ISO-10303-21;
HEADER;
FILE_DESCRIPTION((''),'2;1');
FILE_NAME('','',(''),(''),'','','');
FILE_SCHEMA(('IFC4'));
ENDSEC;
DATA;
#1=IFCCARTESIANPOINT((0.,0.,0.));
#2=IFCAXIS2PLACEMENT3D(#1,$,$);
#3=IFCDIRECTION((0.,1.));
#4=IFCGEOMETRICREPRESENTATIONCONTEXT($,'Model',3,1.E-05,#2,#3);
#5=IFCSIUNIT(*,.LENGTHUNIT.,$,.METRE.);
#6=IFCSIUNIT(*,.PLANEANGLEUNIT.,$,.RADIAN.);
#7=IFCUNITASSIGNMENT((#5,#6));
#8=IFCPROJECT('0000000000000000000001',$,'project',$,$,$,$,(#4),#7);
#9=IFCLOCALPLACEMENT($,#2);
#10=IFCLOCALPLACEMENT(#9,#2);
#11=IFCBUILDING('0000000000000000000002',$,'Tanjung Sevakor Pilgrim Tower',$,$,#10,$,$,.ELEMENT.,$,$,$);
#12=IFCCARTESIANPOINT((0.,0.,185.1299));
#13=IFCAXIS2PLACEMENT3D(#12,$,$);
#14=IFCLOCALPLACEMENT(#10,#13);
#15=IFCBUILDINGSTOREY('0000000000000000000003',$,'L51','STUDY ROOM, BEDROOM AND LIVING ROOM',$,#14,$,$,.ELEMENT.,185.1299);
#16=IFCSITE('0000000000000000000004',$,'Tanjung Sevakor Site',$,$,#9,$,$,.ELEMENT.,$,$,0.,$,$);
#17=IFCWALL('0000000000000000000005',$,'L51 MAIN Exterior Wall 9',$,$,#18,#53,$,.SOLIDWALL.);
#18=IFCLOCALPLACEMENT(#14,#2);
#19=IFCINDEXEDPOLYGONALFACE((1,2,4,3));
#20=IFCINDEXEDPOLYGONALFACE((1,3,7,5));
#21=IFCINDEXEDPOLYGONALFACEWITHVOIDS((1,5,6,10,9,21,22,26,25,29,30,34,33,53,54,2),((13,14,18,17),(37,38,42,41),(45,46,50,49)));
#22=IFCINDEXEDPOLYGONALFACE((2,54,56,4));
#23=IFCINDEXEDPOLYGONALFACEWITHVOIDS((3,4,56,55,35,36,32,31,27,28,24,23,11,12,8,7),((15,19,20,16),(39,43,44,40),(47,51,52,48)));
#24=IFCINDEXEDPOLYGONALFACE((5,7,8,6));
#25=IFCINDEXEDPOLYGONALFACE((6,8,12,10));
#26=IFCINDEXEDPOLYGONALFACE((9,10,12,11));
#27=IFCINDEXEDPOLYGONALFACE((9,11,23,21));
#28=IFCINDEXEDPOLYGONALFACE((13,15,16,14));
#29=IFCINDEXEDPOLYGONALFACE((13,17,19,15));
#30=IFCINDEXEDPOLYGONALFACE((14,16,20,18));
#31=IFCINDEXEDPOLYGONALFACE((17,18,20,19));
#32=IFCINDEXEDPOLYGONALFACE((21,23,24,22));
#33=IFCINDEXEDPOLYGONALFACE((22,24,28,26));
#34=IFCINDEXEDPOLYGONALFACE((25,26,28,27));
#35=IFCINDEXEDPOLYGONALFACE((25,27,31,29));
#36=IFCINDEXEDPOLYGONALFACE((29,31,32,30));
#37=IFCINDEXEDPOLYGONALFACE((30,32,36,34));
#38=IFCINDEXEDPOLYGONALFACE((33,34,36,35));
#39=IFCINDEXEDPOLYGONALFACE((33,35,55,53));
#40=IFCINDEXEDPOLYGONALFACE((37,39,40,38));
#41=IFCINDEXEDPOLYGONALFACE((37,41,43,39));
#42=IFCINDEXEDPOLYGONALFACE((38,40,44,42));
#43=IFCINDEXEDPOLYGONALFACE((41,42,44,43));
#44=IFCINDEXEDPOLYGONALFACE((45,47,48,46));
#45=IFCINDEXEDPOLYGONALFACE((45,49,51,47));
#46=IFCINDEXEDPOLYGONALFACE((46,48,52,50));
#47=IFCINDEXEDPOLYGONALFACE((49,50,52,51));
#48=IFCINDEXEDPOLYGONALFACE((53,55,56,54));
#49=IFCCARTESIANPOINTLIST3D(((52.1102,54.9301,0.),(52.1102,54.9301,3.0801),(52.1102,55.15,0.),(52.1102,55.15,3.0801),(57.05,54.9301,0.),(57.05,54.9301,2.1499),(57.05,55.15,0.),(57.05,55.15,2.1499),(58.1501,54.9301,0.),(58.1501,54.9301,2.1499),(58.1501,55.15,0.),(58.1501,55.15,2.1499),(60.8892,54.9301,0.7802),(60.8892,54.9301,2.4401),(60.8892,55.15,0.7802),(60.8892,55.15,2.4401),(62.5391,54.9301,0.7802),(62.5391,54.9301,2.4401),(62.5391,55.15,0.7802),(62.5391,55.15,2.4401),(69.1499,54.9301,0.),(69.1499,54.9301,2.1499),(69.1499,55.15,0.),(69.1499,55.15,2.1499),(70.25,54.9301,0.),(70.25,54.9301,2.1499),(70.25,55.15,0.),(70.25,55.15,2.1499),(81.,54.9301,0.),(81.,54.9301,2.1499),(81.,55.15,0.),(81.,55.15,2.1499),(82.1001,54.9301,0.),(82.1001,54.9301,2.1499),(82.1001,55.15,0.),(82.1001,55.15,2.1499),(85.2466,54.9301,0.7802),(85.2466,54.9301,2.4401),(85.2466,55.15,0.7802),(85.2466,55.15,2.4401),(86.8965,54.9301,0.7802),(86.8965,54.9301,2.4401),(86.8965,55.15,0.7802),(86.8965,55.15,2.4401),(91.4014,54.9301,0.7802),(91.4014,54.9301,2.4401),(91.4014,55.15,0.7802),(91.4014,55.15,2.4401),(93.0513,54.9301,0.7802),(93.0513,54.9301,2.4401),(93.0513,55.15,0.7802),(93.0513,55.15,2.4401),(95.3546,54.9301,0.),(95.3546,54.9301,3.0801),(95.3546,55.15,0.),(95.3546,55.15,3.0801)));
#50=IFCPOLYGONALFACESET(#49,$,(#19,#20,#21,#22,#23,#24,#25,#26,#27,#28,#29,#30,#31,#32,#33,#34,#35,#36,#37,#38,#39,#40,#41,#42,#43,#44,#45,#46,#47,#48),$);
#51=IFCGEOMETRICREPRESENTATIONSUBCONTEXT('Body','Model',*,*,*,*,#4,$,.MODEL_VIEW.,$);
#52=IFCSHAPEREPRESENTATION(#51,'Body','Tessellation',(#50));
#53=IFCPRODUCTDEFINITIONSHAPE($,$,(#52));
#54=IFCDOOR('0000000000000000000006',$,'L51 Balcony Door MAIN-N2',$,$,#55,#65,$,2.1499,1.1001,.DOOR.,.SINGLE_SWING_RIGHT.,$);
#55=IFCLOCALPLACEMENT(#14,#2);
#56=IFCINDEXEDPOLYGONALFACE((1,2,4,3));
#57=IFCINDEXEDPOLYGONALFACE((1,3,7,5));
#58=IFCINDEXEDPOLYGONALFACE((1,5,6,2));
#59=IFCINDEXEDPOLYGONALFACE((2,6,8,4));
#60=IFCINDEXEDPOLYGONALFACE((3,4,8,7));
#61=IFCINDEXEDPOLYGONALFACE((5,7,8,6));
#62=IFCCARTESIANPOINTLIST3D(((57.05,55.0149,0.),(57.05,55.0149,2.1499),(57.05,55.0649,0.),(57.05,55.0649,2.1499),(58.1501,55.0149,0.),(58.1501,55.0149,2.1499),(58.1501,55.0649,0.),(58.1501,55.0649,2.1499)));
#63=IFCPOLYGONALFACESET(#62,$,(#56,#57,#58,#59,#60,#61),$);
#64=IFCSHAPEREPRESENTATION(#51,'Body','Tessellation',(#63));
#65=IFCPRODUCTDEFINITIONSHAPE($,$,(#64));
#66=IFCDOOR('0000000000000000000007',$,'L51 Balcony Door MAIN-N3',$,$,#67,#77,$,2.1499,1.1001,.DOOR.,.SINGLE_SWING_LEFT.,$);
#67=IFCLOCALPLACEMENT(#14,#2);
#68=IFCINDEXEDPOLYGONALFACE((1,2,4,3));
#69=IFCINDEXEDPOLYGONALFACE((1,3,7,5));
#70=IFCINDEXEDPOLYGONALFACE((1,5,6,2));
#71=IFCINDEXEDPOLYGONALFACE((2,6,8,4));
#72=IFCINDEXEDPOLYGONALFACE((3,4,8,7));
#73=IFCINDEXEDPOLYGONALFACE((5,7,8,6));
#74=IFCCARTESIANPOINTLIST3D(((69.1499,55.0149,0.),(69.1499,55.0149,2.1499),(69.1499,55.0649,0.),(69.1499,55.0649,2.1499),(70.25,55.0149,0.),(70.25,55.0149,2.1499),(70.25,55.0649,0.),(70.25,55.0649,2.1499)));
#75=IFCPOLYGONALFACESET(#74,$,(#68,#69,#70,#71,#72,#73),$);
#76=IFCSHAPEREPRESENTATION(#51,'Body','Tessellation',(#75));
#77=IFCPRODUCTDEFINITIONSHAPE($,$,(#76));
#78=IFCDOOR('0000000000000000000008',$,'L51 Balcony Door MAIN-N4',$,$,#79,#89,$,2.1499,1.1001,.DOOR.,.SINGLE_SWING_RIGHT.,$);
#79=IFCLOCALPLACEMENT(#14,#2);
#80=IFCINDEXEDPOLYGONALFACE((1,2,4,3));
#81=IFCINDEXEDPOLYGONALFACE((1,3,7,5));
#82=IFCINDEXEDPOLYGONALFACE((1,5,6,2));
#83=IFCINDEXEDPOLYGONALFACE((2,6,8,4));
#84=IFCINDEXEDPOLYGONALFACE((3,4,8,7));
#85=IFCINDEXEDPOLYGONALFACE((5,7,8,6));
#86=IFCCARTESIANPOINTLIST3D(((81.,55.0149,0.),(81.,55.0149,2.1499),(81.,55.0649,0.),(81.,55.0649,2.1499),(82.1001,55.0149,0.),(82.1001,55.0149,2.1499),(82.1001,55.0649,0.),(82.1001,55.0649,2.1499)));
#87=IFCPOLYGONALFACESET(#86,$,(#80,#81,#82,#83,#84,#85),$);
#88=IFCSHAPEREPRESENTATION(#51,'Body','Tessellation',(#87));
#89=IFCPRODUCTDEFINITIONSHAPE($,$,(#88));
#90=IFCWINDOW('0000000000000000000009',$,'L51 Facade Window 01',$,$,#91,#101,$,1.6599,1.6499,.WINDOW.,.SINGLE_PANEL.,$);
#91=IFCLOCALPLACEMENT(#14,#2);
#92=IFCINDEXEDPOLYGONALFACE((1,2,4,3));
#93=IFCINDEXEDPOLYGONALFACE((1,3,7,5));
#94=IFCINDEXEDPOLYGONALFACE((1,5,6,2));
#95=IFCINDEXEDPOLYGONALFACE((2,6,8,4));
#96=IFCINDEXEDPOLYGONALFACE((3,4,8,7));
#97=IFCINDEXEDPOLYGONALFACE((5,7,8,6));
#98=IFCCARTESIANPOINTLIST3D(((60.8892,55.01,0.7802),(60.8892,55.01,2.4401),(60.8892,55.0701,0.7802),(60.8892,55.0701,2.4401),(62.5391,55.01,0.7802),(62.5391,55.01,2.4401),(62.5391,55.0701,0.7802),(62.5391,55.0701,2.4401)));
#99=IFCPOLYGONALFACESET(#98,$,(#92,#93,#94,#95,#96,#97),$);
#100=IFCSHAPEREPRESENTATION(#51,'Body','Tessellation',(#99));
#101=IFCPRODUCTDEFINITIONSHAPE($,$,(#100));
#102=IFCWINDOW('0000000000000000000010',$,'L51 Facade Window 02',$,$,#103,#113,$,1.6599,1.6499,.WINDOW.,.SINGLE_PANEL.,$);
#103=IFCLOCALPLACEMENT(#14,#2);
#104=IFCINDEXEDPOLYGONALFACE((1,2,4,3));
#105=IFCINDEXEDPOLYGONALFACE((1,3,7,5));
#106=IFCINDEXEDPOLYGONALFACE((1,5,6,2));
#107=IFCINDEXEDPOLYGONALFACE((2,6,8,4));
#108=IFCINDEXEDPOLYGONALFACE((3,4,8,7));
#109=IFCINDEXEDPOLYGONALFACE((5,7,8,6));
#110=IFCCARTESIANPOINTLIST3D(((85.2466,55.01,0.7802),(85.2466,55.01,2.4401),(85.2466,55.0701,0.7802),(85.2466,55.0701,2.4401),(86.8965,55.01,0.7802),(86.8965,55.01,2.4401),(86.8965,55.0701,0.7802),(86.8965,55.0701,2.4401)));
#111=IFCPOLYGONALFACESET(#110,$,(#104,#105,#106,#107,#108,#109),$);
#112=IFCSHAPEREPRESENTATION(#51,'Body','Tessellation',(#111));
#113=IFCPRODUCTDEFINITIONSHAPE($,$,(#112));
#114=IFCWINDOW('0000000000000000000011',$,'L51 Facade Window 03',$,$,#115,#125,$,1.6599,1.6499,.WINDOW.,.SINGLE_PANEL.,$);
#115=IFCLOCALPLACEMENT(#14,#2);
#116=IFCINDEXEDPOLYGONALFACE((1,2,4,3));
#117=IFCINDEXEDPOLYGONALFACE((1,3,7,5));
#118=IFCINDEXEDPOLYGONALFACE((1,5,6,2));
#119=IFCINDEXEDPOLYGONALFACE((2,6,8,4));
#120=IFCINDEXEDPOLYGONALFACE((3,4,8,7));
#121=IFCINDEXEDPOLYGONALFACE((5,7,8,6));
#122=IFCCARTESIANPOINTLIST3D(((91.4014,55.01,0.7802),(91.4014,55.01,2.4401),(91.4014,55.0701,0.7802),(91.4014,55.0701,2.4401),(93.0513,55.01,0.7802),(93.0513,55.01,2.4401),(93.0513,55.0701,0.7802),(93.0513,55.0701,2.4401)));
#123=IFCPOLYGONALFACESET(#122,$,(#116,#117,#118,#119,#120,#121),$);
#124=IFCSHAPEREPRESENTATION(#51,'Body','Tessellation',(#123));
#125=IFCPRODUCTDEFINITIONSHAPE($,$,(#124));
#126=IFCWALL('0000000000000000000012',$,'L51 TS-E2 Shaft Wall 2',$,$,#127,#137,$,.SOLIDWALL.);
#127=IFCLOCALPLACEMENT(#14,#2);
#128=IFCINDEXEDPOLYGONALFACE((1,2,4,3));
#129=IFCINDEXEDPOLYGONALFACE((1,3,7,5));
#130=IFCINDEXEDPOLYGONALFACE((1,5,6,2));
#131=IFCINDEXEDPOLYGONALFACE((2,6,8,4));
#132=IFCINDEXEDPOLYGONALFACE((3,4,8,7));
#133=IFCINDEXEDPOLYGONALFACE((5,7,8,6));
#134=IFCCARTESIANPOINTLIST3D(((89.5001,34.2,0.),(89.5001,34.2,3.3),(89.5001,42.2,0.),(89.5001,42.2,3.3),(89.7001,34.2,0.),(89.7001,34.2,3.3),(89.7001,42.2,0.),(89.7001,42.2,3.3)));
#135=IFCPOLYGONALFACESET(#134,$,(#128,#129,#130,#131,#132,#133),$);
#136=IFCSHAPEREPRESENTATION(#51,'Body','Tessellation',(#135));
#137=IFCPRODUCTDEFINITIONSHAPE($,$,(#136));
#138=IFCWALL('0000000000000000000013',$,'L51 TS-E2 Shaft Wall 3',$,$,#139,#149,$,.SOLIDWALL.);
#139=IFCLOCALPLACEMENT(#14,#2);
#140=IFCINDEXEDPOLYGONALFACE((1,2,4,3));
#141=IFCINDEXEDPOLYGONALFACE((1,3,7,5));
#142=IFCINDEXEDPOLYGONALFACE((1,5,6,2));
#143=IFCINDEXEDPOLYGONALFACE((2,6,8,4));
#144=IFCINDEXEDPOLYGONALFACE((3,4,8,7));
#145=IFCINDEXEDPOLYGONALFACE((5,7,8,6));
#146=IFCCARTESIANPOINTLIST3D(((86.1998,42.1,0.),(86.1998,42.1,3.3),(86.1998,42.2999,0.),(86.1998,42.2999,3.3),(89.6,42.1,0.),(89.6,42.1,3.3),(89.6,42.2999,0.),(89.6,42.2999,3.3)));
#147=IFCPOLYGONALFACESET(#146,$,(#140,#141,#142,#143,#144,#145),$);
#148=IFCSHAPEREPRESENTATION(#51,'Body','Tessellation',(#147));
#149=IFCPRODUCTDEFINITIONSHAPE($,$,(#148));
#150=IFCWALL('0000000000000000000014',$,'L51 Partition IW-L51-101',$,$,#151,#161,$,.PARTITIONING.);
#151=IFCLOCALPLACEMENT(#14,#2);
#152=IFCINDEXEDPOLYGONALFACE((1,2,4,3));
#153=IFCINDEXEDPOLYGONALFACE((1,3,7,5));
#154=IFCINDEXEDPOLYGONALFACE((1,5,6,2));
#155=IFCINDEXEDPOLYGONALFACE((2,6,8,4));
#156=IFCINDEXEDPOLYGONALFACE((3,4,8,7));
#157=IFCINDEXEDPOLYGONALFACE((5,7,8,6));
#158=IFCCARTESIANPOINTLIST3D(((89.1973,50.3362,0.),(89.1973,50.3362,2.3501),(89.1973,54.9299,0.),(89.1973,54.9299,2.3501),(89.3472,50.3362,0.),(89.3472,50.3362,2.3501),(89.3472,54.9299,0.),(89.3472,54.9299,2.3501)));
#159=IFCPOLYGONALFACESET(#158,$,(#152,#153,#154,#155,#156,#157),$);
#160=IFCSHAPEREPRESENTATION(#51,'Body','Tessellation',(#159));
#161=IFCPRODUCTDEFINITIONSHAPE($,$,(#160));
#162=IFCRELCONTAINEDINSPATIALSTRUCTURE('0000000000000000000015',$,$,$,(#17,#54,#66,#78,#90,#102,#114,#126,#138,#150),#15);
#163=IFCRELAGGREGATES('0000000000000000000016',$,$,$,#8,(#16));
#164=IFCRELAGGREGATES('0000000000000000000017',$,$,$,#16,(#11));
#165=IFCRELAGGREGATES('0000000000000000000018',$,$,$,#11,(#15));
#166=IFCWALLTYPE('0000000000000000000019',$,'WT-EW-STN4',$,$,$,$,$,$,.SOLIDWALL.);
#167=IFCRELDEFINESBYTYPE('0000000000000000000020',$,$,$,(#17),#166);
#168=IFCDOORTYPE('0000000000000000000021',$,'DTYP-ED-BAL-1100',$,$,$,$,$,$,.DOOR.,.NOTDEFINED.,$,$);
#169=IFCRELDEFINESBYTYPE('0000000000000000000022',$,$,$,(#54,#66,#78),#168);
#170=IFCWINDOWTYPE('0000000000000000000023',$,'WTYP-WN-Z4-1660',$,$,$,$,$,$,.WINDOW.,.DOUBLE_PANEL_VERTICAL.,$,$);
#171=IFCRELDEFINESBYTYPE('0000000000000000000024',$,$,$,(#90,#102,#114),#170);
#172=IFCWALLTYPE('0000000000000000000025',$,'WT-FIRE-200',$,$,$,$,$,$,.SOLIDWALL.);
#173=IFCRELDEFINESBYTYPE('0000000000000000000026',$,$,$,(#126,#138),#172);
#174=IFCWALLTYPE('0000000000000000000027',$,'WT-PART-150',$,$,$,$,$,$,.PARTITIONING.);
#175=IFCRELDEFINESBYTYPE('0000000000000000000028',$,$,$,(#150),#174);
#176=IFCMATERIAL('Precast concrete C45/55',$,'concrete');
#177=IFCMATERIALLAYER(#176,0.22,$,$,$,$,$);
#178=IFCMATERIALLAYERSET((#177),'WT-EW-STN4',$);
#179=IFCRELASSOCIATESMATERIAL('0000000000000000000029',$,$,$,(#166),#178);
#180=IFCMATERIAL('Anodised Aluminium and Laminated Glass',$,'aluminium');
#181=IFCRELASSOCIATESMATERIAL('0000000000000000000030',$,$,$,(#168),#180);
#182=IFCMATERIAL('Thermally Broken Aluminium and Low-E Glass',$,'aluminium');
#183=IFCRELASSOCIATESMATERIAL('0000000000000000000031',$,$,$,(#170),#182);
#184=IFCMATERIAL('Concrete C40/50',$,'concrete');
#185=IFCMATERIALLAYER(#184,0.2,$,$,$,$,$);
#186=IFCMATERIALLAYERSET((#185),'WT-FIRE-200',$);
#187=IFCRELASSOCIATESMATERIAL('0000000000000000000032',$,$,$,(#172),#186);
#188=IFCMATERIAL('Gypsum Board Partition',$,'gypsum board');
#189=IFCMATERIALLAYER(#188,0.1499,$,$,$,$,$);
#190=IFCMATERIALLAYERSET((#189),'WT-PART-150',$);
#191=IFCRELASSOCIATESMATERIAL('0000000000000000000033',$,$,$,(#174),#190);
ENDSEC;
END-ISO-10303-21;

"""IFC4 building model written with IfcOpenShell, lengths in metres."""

from ifc_helpers import new_model, si_unit, direction, frame, frame_2d, origin, place, context, subcontext, project, spatial, rectangle, extrude, material, layer, layer_set, type_object, element, fill, save


model = new_model("IFC4")

# Units and contexts
model_context = context("Model", 3, precision=1e-05, world=origin(), true_north=direction((0.0, 1.0)))
body_context = subcontext(model_context, "Body", "Model", "MODEL_VIEW")
ifc_project = project(units=[si_unit("LENGTHUNIT", "METRE"), si_unit("PLANEANGLEUNIT", "RADIAN")], contexts=[model_context])

# Site, building, storey
site_placement = place(None, origin())
site = spatial("IfcSite", under=ifc_project, at=site_placement, Name="Tanjung Sevakor Site", CompositionType="ELEMENT", RefElevation=0.0)
building_placement = place(site_placement, origin())
building = spatial("IfcBuilding", under=site, at=building_placement, Name="Tanjung Sevakor Pilgrim Tower", CompositionType="ELEMENT")
storey_placement = place(building_placement, frame((0.0, 0.0, 185.1299)))
storey = spatial("IfcBuildingStorey", under=building, at=storey_placement, Name="L51", Description="STUDY ROOM, BEDROOM AND LIVING ROOM", CompositionType="ELEMENT", Elevation=185.1299)

# Wall, openings, doors, windows
ifc_material_1 = material(Name="Precast concrete C45/55", Category="concrete")
ifc_layer_1 = layer(ifc_material_1, 0.22)
ifc_layer_set_1 = layer_set([ifc_layer_1], Name="WT-EW-STN4")
wall_type_1 = type_object("IfcWallType", Name="WT-EW-STN4", PredefinedType="SOLIDWALL", material=ifc_layer_set_1)
wall_1_placement = place(storey_placement, frame((95.3545, 55.04, 0.0), z_axis=(0.0, 0.0, 1.0), x_axis=(-1.0, 0.0, 0.0)))
wall_1 = element("IfcWall", 1, at=wall_1_placement, inside=storey, type_object=wall_type_1, Name="L51 MAIN Exterior Wall 9", PredefinedType="SOLIDWALL", context=body_context, shape_type="SweptSolid", body=[
    extrude(rectangle(XDim=43.2444, YDim=0.22, at=frame_2d((21.6221, 0.0))), origin(), (0.0, 0.0, 1.0), 3.0801),
])
opening_1_placement = place(wall_1_placement, frame((37.2043, 0.0, 0.0)))
opening_1 = element("IfcOpeningElement", 2, at=opening_1_placement, cuts=wall_1, PredefinedType="OPENING", context=body_context, shape_type="SweptSolid", body=[
    extrude(rectangle(XDim=1.1001, YDim=2.1499, at=frame_2d((0.55, 1.075))), frame((0.0, 0.1199, 0.0), z_axis=(0.0, -1.0, 0.0), x_axis=(1.0, 0.0, 0.0)), (0.0, 0.0, 1.0), 0.24),
])
opening_2_placement = place(wall_1_placement, frame((25.1045, 0.0, 0.0)))
opening_2 = element("IfcOpeningElement", 3, at=opening_2_placement, cuts=wall_1, PredefinedType="OPENING", context=body_context, shape_type="SweptSolid", body=[
    extrude(rectangle(XDim=1.1001, YDim=2.1499, at=frame_2d((0.55, 1.075))), frame((0.0, 0.1199, 0.0), z_axis=(0.0, -1.0, 0.0), x_axis=(1.0, 0.0, 0.0)), (0.0, 0.0, 1.0), 0.24),
])
opening_3_placement = place(wall_1_placement, frame((13.2544, 0.0, 0.0)))
opening_3 = element("IfcOpeningElement", 4, at=opening_3_placement, cuts=wall_1, PredefinedType="OPENING", context=body_context, shape_type="SweptSolid", body=[
    extrude(rectangle(XDim=1.1001, YDim=2.1499, at=frame_2d((0.55, 1.075))), frame((0.0, 0.1199, 0.0), z_axis=(0.0, -1.0, 0.0), x_axis=(1.0, 0.0, 0.0)), (0.0, 0.0, 1.0), 0.24),
])
opening_4_placement = place(wall_1_placement, frame((32.8154, 0.0, 0.78)))
opening_4 = element("IfcOpeningElement", 5, at=opening_4_placement, cuts=wall_1, PredefinedType="OPENING", context=body_context, shape_type="SweptSolid", body=[
    extrude(rectangle(XDim=1.6499, YDim=1.6599, at=frame_2d((0.825, 0.8301))), frame((0.0, 0.1199, 0.0), z_axis=(0.0, -1.0, 0.0), x_axis=(1.0, 0.0, 0.0)), (0.0, 0.0, 1.0), 0.24),
])
opening_5_placement = place(wall_1_placement, frame((8.458, 0.0, 0.78)))
opening_5 = element("IfcOpeningElement", 6, at=opening_5_placement, cuts=wall_1, PredefinedType="OPENING", context=body_context, shape_type="SweptSolid", body=[
    extrude(rectangle(XDim=1.6499, YDim=1.6599, at=frame_2d((0.825, 0.8301))), frame((0.0, 0.1199, 0.0), z_axis=(0.0, -1.0, 0.0), x_axis=(1.0, 0.0, 0.0)), (0.0, 0.0, 1.0), 0.24),
])
opening_6_placement = place(wall_1_placement, frame((2.3032, 0.0, 0.78)))
opening_6 = element("IfcOpeningElement", 7, at=opening_6_placement, cuts=wall_1, PredefinedType="OPENING", context=body_context, shape_type="SweptSolid", body=[
    extrude(rectangle(XDim=1.6499, YDim=1.6599, at=frame_2d((0.825, 0.8301))), frame((0.0, 0.1199, 0.0), z_axis=(0.0, -1.0, 0.0), x_axis=(1.0, 0.0, 0.0)), (0.0, 0.0, 1.0), 0.24),
])
ifc_material_2 = material(Name="Anodised Aluminium and Laminated Glass", Category="aluminium")
door_type = type_object("IfcDoorType", Name="DTYP-ED-BAL-1100", OperationType="NOTDEFINED", PredefinedType="DOOR", material=ifc_material_2)
door_1_placement = place(opening_1_placement, frame((1.1001, 0.0, 0.0), z_axis=(0.0, 0.0, 1.0), x_axis=(-1.0, 0.0, 0.0)))
door_1 = element("IfcDoor", 8, at=door_1_placement, inside=storey, type_object=door_type, Name="L51 Balcony Door MAIN-N2", OperationType="SINGLE_SWING_RIGHT", OverallHeight=2.1499, OverallWidth=1.1001, PredefinedType="DOOR", context=body_context, shape_type="SweptSolid", body=[
    extrude(rectangle(XDim=1.1001, YDim=2.1499, at=frame_2d((0.55, 1.075))), frame((0.0, 0.0249, 0.0), z_axis=(0.0, -1.0, 0.0), x_axis=(1.0, 0.0, 0.0)), (0.0, 0.0, 1.0), 0.05),
])
fill(opening_1, door_1)
door_2_placement = place(opening_2_placement, frame((1.1001, 0.0, 0.0), z_axis=(0.0, 0.0, 1.0), x_axis=(-1.0, 0.0, 0.0)))
door_2 = element("IfcDoor", 9, at=door_2_placement, inside=storey, type_object=door_type, Name="L51 Balcony Door MAIN-N3", OperationType="SINGLE_SWING_LEFT", OverallHeight=2.1499, OverallWidth=1.1001, PredefinedType="DOOR", context=body_context, shape_type="SweptSolid", body=[
    extrude(rectangle(XDim=1.1001, YDim=2.1499, at=frame_2d((0.55, 1.075))), frame((0.0, 0.0249, 0.0), z_axis=(0.0, -1.0, 0.0), x_axis=(1.0, 0.0, 0.0)), (0.0, 0.0, 1.0), 0.05),
])
fill(opening_2, door_2)
door_3_placement = place(opening_3_placement, frame((1.1001, 0.0, 0.0), z_axis=(0.0, 0.0, 1.0), x_axis=(-1.0, 0.0, 0.0)))
door_3 = element("IfcDoor", 10, at=door_3_placement, inside=storey, type_object=door_type, Name="L51 Balcony Door MAIN-N4", OperationType="SINGLE_SWING_RIGHT", OverallHeight=2.1499, OverallWidth=1.1001, PredefinedType="DOOR", context=body_context, shape_type="SweptSolid", body=[
    extrude(rectangle(XDim=1.1001, YDim=2.1499, at=frame_2d((0.55, 1.075))), frame((0.0, 0.0249, 0.0), z_axis=(0.0, -1.0, 0.0), x_axis=(1.0, 0.0, 0.0)), (0.0, 0.0, 1.0), 0.05),
])
fill(opening_3, door_3)
ifc_material_3 = material(Name="Thermally Broken Aluminium and Low-E Glass", Category="aluminium")
window_type = type_object("IfcWindowType", Name="WTYP-WN-Z4-1660", PartitioningType="DOUBLE_PANEL_VERTICAL", PredefinedType="WINDOW", material=ifc_material_3)
window_1_placement = place(opening_4_placement, origin())
window_1 = element("IfcWindow", 11, at=window_1_placement, inside=storey, type_object=window_type, Name="L51 Facade Window 01", OverallHeight=1.6599, OverallWidth=1.6499, PartitioningType="SINGLE_PANEL", PredefinedType="WINDOW", context=body_context, shape_type="SweptSolid", body=[
    extrude(rectangle(XDim=1.6499, YDim=1.6599, at=frame_2d((0.825, 0.8301))), frame((0.0, 0.03, 0.0), z_axis=(0.0, -1.0, 0.0), x_axis=(1.0, 0.0, 0.0)), (0.0, 0.0, 1.0), 0.0601),
])
fill(opening_4, window_1)
window_2_placement = place(opening_5_placement, origin())
window_2 = element("IfcWindow", 12, at=window_2_placement, inside=storey, type_object=window_type, Name="L51 Facade Window 02", OverallHeight=1.6599, OverallWidth=1.6499, PartitioningType="SINGLE_PANEL", PredefinedType="WINDOW", context=body_context, shape_type="SweptSolid", body=[
    extrude(rectangle(XDim=1.6499, YDim=1.6599, at=frame_2d((0.825, 0.8301))), frame((0.0, 0.03, 0.0), z_axis=(0.0, -1.0, 0.0), x_axis=(1.0, 0.0, 0.0)), (0.0, 0.0, 1.0), 0.0601),
])
fill(opening_5, window_2)
window_3_placement = place(opening_6_placement, origin())
window_3 = element("IfcWindow", 13, at=window_3_placement, inside=storey, type_object=window_type, Name="L51 Facade Window 03", OverallHeight=1.6599, OverallWidth=1.6499, PartitioningType="SINGLE_PANEL", PredefinedType="WINDOW", context=body_context, shape_type="SweptSolid", body=[
    extrude(rectangle(XDim=1.6499, YDim=1.6599, at=frame_2d((0.825, 0.8301))), frame((0.0, 0.03, 0.0), z_axis=(0.0, -1.0, 0.0), x_axis=(1.0, 0.0, 0.0)), (0.0, 0.0, 1.0), 0.0601),
])
fill(opening_6, window_3)

# Walls
ifc_material_4 = material(Name="Concrete C40/50", Category="concrete")
ifc_layer_2 = layer(ifc_material_4, 0.2)
ifc_layer_set_2 = layer_set([ifc_layer_2], Name="WT-FIRE-200")
wall_type_2 = type_object("IfcWallType", Name="WT-FIRE-200", PredefinedType="SOLIDWALL", material=ifc_layer_set_2)
wall_2_placement = place(storey_placement, frame((89.6001, 34.2, 0.0), z_axis=(0.0, 0.0, 1.0), x_axis=(0.0, 1.0, 0.0)))
element("IfcWall", 14, at=wall_2_placement, inside=storey, type_object=wall_type_2, Name="L51 TS-E2 Shaft Wall 2", PredefinedType="SOLIDWALL", context=body_context, shape_type="SweptSolid", body=[
    extrude(rectangle(XDim=8.0, YDim=0.2, at=frame_2d((4.0, 0.0))), origin(), (0.0, 0.0, 1.0), 3.3),
])
wall_3_placement = place(storey_placement, frame((89.6001, 42.2, 0.0), z_axis=(0.0, 0.0, 1.0), x_axis=(-1.0, 0.0, 0.0)))
element("IfcWall", 15, at=wall_3_placement, inside=storey, type_object=wall_type_2, Name="L51 TS-E2 Shaft Wall 3", PredefinedType="SOLIDWALL", context=body_context, shape_type="SweptSolid", body=[
    extrude(rectangle(XDim=3.4001, YDim=0.2, at=frame_2d((1.7002, 0.0))), origin(), (0.0, 0.0, 1.0), 3.3),
])
ifc_material_5 = material(Name="Gypsum Board Partition", Category="gypsum board")
ifc_layer_3 = layer(ifc_material_5, 0.1499)
ifc_layer_set_3 = layer_set([ifc_layer_3], Name="WT-PART-150")
wall_type_3 = type_object("IfcWallType", Name="WT-PART-150", PredefinedType="PARTITIONING", material=ifc_layer_set_3)
wall_4_placement = place(storey_placement, frame((89.2722, 50.3362, 0.0), z_axis=(0.0, 0.0, 1.0), x_axis=(0.0, 1.0, 0.0)))
element("IfcWall", 16, at=wall_4_placement, inside=storey, type_object=wall_type_3, Name="L51 Partition IW-L51-101", PredefinedType="PARTITIONING", context=body_context, shape_type="SweptSolid", body=[
    extrude(rectangle(XDim=4.5938, YDim=0.1499, at=frame_2d((2.2969, 0.0))), origin(), (0.0, 0.0, 1.0), 2.3501),
])

save(model, "model.ifc")
